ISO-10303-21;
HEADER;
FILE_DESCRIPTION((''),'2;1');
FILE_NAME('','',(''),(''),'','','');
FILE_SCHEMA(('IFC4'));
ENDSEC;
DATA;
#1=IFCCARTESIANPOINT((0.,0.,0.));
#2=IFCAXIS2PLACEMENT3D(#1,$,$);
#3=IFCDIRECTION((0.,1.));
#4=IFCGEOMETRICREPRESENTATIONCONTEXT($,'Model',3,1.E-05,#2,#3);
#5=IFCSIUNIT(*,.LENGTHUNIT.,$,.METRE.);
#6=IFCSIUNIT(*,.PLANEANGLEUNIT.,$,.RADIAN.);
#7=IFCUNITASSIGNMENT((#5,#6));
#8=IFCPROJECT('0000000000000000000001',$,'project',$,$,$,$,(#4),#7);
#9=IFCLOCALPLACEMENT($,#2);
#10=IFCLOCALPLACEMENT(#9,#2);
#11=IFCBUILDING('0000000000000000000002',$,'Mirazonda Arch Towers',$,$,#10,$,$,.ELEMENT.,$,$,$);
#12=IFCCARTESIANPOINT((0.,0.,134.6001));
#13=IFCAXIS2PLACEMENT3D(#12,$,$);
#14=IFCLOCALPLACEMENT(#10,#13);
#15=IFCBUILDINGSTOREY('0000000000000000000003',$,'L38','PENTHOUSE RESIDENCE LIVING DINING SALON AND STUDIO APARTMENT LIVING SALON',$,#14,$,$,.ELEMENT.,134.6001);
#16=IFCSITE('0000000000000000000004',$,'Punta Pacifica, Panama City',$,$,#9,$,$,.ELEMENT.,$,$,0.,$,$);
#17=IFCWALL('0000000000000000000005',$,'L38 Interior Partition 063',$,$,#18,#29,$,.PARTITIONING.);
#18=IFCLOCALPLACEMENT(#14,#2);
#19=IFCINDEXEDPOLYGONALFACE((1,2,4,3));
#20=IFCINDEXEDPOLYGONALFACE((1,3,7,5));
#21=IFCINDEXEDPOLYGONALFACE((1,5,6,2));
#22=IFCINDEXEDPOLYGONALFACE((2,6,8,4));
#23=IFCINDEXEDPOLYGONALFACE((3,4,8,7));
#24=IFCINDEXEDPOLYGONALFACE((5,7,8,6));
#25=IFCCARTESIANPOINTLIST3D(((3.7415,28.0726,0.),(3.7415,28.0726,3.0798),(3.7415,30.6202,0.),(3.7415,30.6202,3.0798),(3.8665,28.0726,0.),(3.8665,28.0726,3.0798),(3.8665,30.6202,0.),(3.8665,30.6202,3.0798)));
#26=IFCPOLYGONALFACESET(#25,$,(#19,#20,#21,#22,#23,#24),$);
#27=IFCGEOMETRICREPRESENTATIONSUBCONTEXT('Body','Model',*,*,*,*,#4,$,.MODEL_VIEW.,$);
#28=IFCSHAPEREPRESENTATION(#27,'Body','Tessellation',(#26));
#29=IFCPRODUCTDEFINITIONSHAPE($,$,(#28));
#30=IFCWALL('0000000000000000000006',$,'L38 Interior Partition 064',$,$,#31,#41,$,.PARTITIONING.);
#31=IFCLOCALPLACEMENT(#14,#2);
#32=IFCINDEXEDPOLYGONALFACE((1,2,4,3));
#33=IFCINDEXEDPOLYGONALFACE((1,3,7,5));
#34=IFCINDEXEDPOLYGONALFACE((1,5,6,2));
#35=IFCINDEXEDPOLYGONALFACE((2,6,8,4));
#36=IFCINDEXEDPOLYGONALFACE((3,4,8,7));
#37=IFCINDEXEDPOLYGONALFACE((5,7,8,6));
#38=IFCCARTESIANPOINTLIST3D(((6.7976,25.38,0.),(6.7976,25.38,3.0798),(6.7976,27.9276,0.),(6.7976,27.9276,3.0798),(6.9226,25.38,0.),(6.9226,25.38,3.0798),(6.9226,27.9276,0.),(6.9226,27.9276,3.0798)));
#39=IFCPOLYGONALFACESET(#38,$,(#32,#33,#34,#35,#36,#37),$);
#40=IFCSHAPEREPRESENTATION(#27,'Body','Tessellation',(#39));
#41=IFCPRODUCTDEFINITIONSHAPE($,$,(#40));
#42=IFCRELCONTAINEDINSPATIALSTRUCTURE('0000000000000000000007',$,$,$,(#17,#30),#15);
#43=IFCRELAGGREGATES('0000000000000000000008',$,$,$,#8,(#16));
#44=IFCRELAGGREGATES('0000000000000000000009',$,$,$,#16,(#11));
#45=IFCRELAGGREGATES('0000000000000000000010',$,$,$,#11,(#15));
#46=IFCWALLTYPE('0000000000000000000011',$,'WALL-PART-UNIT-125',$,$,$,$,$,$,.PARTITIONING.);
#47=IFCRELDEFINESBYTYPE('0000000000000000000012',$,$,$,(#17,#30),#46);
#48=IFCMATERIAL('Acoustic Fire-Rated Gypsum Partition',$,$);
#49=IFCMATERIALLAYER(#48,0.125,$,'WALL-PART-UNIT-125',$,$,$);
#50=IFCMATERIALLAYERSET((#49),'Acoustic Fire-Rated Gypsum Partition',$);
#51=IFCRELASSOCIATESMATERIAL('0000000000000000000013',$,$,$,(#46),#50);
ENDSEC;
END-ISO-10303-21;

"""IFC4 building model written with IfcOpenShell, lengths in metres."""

from ifc_helpers import new_model, si_unit, direction, frame, frame_2d, origin, place, context, subcontext, project, spatial, rectangle, extrude, material, layer, layer_set, type_object, element, save


model = new_model("IFC4")

# Units and contexts
model_context = context("Model", 3, precision=1e-05, world=origin(), true_north=direction((0.0, 1.0)))
body_context = subcontext(model_context, "Body", "Model", "MODEL_VIEW")
ifc_project = project(units=[si_unit("LENGTHUNIT", "METRE"), si_unit("PLANEANGLEUNIT", "RADIAN")], contexts=[model_context])

# Site, building, storey
site_placement = place(None, origin())
site = spatial("IfcSite", under=ifc_project, at=site_placement, Name="Punta Pacifica, Panama City", CompositionType="ELEMENT", RefElevation=0.0)
building_placement = place(site_placement, origin())
building = spatial("IfcBuilding", under=site, at=building_placement, Name="Mirazonda Arch Towers", CompositionType="ELEMENT")
storey_placement = place(building_placement, frame((0.0, 0.0, 134.6001)))
storey = spatial("IfcBuildingStorey", under=building, at=storey_placement, Name="L38", Description="PENTHOUSE RESIDENCE LIVING DINING SALON AND STUDIO APARTMENT LIVING SALON", CompositionType="ELEMENT", Elevation=134.6001)

# Walls
ifc_material_1 = material(Name="Acoustic Fire-Rated Gypsum Partition")
ifc_layer_1 = layer(ifc_material_1, 0.125, Name="WALL-PART-UNIT-125")
ifc_layer_set_1 = layer_set([ifc_layer_1], Name="Acoustic Fire-Rated Gypsum Partition")
wall_type_1 = type_object("IfcWallType", Name="WALL-PART-UNIT-125", PredefinedType="PARTITIONING", material=ifc_layer_set_1)
for number, where, z_axis, x_axis, name in (
    (1, (3.804, 28.0725, 0.0), (0.0, 0.0, 1.0), (0.0, 1.0, 0.0), "L38 Interior Partition 063"),
    (2, (6.8601, 25.3799, 0.0), (0.0, 0.0, 1.0), (0.0, 1.0, 0.0), "L38 Interior Partition 064"),
):
    element("IfcWall", number, at=place(storey_placement, frame(where, z_axis=z_axis, x_axis=x_axis)), inside=storey, type_object=wall_type_1, Name=name, PredefinedType="PARTITIONING", context=body_context, shape_type="SweptSolid", body=[
        extrude(rectangle(XDim=2.5476, YDim=0.125, at=frame_2d((1.2739, 0.0))), origin(), (0.0, 0.0, 1.0), 3.0798),
    ])

save(model, "model.ifc")
